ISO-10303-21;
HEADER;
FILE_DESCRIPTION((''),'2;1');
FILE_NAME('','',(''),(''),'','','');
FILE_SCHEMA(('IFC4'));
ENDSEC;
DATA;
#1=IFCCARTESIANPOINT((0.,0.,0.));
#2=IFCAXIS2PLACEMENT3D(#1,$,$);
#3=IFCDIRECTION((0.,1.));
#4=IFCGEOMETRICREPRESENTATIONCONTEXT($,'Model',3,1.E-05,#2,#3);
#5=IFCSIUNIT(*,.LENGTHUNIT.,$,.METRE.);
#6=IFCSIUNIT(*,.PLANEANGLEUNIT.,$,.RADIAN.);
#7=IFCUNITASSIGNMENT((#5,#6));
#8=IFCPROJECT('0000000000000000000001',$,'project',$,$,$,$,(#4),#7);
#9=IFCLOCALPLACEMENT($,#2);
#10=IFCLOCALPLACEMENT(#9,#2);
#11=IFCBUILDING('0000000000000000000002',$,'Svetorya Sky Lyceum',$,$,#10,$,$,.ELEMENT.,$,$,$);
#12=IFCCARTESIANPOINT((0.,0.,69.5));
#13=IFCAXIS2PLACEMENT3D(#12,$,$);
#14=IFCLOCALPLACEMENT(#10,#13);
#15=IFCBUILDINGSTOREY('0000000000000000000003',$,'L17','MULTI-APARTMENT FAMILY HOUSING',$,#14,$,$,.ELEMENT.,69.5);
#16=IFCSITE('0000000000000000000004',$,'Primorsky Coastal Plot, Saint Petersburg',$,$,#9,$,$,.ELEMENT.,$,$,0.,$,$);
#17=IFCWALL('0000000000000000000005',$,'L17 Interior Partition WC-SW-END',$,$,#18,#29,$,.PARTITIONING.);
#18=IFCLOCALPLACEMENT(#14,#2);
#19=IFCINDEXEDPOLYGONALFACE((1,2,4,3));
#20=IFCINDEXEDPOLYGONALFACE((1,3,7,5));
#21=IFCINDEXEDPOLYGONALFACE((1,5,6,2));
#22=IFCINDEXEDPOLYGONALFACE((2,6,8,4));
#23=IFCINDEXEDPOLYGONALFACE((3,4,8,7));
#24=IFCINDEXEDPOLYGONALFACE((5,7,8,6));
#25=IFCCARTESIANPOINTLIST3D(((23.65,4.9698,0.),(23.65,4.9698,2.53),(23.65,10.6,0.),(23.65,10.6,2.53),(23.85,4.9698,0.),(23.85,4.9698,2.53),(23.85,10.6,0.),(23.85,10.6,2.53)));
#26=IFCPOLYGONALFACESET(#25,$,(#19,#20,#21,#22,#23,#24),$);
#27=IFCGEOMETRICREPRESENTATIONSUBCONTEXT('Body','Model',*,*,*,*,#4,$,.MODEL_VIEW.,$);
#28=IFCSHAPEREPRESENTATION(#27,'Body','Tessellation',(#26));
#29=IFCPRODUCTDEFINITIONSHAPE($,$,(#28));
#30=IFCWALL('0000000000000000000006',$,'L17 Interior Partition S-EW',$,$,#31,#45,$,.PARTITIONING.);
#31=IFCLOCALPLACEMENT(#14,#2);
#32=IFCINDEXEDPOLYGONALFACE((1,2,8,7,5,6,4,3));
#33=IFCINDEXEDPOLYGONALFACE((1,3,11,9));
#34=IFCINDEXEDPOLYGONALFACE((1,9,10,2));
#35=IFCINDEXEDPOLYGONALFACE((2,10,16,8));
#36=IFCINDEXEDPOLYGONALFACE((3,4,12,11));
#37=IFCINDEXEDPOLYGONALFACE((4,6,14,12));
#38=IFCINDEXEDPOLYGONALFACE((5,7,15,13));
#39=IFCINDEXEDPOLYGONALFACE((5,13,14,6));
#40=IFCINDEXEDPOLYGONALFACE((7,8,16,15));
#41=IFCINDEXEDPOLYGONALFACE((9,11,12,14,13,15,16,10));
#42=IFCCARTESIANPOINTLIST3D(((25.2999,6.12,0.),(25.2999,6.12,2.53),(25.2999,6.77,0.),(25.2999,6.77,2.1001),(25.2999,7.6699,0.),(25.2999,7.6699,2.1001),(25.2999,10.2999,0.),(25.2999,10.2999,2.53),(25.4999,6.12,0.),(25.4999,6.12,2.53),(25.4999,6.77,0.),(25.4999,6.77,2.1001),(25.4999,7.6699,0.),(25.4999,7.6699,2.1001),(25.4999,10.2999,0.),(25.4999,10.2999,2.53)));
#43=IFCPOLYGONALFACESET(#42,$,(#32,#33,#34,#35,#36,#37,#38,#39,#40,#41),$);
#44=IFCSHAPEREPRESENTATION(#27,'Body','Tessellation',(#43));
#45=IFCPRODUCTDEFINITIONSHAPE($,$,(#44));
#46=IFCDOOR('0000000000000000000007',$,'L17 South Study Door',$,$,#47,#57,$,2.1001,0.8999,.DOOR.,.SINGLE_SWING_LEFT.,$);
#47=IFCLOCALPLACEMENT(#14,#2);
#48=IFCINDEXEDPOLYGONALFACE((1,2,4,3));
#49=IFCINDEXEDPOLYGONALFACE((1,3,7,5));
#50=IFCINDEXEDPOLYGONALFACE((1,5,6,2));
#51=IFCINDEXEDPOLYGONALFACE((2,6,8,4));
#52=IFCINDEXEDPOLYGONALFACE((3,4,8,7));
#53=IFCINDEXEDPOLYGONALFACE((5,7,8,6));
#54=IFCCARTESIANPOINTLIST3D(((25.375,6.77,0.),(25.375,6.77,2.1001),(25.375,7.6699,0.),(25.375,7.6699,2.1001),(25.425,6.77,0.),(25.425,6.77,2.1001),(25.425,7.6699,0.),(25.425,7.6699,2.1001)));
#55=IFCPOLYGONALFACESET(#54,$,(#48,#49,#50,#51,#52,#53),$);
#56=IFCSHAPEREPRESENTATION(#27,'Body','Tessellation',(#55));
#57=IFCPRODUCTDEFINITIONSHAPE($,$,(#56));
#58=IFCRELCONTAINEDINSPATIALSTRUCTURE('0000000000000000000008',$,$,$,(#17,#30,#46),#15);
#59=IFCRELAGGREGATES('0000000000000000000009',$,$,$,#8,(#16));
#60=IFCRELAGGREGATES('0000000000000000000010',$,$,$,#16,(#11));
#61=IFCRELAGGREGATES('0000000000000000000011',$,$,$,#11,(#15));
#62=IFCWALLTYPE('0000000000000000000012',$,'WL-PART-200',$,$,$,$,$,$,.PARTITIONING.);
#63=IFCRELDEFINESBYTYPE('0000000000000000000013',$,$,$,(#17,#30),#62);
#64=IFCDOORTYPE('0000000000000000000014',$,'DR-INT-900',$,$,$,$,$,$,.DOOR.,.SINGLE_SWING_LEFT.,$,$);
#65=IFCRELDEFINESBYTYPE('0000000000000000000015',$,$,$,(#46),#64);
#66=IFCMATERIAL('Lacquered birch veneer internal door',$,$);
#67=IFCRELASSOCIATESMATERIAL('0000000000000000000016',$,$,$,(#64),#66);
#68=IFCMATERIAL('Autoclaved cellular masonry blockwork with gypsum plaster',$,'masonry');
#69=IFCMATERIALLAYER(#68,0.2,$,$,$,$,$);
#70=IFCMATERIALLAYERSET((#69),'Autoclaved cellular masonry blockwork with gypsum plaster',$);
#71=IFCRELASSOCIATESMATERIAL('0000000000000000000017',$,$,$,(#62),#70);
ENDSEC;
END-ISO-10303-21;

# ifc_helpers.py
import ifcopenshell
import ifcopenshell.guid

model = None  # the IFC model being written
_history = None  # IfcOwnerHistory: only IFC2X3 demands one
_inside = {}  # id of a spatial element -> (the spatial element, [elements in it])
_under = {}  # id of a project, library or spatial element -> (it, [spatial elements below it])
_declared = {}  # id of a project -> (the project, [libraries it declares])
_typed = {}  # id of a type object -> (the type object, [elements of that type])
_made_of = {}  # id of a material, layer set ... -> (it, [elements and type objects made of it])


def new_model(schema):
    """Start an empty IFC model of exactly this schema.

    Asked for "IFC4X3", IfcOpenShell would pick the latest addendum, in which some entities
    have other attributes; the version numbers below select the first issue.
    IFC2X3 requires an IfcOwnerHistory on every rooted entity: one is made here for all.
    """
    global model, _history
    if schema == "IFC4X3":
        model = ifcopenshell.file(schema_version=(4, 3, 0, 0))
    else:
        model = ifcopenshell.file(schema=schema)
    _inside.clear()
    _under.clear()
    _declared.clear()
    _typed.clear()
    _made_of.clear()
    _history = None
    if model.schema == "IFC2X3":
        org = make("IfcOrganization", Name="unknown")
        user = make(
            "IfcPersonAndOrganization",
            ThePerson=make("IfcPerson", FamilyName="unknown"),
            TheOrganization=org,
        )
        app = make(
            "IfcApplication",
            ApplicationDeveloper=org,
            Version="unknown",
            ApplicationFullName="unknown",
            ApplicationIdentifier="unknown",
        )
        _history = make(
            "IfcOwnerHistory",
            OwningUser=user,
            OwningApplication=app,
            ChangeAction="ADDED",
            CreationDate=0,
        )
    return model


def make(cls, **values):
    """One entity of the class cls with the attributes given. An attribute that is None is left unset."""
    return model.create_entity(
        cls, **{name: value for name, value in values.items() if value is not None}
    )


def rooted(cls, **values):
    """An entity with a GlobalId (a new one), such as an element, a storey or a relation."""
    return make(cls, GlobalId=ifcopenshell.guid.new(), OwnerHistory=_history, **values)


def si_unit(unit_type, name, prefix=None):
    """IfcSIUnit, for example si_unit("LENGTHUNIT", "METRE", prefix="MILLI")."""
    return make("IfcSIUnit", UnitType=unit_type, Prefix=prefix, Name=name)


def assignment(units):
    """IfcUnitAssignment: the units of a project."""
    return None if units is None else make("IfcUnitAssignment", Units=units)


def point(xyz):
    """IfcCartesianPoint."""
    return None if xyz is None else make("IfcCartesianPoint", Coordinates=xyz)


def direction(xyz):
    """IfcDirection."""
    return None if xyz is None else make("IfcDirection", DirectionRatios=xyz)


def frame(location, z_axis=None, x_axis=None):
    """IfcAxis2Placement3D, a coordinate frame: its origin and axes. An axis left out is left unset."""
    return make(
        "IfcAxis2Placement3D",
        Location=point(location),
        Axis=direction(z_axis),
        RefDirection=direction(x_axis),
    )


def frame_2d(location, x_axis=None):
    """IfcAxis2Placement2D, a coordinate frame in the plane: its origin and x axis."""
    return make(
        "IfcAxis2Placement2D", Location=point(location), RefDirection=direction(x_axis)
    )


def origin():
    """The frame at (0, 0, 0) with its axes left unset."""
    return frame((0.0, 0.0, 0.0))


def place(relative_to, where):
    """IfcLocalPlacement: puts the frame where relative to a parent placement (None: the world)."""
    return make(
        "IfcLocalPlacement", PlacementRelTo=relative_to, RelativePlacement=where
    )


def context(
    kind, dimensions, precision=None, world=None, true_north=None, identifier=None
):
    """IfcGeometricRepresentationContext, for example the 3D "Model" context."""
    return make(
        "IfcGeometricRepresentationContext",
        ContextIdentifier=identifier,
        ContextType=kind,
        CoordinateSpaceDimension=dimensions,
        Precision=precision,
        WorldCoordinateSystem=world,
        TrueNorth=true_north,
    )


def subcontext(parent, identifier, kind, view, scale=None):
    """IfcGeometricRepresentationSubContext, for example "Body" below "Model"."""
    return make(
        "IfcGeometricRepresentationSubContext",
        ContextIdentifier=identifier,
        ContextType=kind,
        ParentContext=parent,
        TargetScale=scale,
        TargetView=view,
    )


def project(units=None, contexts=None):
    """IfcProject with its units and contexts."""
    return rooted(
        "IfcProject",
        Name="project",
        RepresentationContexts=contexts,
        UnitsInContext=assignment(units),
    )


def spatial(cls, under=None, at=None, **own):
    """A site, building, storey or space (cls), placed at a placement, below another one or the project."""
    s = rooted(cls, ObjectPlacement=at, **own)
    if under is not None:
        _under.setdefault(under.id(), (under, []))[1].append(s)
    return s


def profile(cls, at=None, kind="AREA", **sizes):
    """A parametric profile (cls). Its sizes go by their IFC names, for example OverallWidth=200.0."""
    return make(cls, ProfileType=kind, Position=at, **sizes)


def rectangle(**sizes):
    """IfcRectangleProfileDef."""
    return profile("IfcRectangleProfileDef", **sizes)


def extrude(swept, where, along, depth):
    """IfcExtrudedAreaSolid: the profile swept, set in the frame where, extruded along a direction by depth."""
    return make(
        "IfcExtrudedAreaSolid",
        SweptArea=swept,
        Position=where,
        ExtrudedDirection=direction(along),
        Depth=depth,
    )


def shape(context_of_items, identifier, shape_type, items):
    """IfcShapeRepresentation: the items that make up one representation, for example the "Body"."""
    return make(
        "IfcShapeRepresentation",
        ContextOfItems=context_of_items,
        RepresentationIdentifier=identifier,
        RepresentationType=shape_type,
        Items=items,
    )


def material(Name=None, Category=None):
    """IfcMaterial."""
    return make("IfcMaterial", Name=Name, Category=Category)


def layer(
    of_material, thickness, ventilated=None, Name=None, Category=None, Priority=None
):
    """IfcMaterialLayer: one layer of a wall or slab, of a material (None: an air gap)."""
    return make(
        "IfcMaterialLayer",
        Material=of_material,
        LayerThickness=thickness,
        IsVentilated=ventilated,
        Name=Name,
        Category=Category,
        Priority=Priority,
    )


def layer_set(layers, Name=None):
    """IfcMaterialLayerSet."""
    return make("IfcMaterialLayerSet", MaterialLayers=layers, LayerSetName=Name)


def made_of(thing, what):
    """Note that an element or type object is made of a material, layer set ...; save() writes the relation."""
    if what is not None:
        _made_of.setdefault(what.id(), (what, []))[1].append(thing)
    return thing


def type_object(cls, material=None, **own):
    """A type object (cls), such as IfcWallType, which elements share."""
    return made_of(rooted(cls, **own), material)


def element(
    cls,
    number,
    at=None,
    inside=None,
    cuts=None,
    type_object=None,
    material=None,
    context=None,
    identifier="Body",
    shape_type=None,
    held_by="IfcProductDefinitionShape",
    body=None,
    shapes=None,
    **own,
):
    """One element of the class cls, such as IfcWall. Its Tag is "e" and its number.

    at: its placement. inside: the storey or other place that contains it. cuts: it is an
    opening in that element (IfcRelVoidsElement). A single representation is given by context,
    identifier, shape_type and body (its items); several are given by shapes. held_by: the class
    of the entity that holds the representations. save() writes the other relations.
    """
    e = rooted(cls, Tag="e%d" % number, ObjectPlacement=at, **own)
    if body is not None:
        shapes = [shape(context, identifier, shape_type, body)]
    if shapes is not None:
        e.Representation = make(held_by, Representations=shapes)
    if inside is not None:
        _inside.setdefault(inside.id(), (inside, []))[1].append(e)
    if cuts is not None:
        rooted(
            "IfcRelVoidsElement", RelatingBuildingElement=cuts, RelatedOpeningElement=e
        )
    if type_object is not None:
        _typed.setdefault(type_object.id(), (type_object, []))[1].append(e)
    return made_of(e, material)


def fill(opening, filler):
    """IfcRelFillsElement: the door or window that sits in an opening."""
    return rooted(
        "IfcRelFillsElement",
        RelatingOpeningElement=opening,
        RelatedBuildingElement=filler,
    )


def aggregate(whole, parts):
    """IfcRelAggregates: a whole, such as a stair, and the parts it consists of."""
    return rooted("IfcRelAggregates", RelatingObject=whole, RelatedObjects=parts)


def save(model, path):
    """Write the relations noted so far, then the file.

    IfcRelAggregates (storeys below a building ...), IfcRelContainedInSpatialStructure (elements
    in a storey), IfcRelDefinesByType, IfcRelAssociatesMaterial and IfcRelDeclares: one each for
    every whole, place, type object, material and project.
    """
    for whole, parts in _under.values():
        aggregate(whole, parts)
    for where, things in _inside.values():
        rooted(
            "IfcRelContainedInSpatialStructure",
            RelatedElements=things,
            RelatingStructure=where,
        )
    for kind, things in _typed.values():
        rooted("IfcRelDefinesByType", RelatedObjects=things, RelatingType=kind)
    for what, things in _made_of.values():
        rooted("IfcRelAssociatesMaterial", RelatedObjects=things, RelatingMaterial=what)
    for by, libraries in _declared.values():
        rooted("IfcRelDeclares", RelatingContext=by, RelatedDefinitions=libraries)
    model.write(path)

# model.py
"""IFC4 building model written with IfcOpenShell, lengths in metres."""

from ifc_helpers import new_model, si_unit, direction, frame, frame_2d, origin, place, context, subcontext, project, spatial, rectangle, extrude, material, layer, layer_set, type_object, element, fill, save


model = new_model("IFC4")

# Units and contexts
model_context = context("Model", 3, precision=1e-05, world=origin(), true_north=direction((0.0, 1.0)))
body_context = subcontext(model_context, "Body", "Model", "MODEL_VIEW")
ifc_project = project(units=[si_unit("LENGTHUNIT", "METRE"), si_unit("PLANEANGLEUNIT", "RADIAN")], contexts=[model_context])

# Site, building, storey
site_placement = place(None, origin())
site = spatial("IfcSite", under=ifc_project, at=site_placement, Name="Primorsky Coastal Plot, Saint Petersburg", CompositionType="ELEMENT", RefElevation=0.0)
building_placement = place(site_placement, origin())
building = spatial("IfcBuilding", under=site, at=building_placement, Name="Svetorya Sky Lyceum", CompositionType="ELEMENT")
storey_placement = place(building_placement, frame((0.0, 0.0, 69.5)))
storey = spatial("IfcBuildingStorey", under=building, at=storey_placement, Name="L17", Description="MULTI-APARTMENT FAMILY HOUSING", CompositionType="ELEMENT", Elevation=69.5)

# Shared definitions
ifc_material_1 = material(Name="Lacquered birch veneer internal door")
door_type_1 = type_object("IfcDoorType", Name="DR-INT-900", OperationType="SINGLE_SWING_LEFT", PredefinedType="DOOR", material=ifc_material_1)

# Shared definitions
ifc_material_2 = material(Name="Autoclaved cellular masonry blockwork with gypsum plaster", Category="masonry")
ifc_layer_1 = layer(ifc_material_2, 0.2)
ifc_layer_set_1 = layer_set([ifc_layer_1], Name="Autoclaved cellular masonry blockwork with gypsum plaster")
wall_type_1 = type_object("IfcWallType", Name="WL-PART-200", PredefinedType="PARTITIONING", material=ifc_layer_set_1)

# Wall
wall_1_placement = place(storey_placement, frame((23.75, 4.97, 0.0), z_axis=(0.0, 0.0, 1.0), x_axis=(0.0, 1.0, 0.0)))
element("IfcWall", 1, at=wall_1_placement, inside=storey, type_object=wall_type_1, Name="L17 Interior Partition WC-SW-END", PredefinedType="PARTITIONING", context=body_context, shape_type="SweptSolid", body=[
    extrude(rectangle(XDim=5.6301, YDim=0.2, at=frame_2d((2.8149, 0.0))), origin(), (0.0, 0.0, 1.0), 2.53),
])

# Wall, opening, door
wall_2_placement = place(storey_placement, frame((25.3999, 6.1201, 0.0), z_axis=(0.0, 0.0, 1.0), x_axis=(0.0, 1.0, 0.0)))
wall_2 = element("IfcWall", 2, at=wall_2_placement, inside=storey, type_object=wall_type_1, Name="L17 Interior Partition S-EW", PredefinedType="PARTITIONING", context=body_context, shape_type="SweptSolid", body=[
    extrude(rectangle(XDim=4.1799, YDim=0.2, at=frame_2d((2.0898, 0.0))), origin(), (0.0, 0.0, 1.0), 2.53),
])
opening_1_placement = place(wall_2_placement, frame((0.6499, 0.0, 0.0)))
opening_1 = element("IfcOpeningElement", 3, at=opening_1_placement, cuts=wall_2, PredefinedType="OPENING", context=body_context, shape_type="SweptSolid", body=[
    extrude(rectangle(XDim=0.8999, YDim=2.1001, at=frame_2d((0.45, 1.05))), frame((0.0, 0.1099, 0.0), z_axis=(0.0, -1.0, 0.0), x_axis=(1.0, 0.0, 0.0)), (0.0, 0.0, 1.0), 0.22),
])
door_1_placement = place(opening_1_placement, origin())
door_1 = element("IfcDoor", 4, at=door_1_placement, inside=storey, type_object=door_type_1, Name="L17 South Study Door", OperationType="SINGLE_SWING_LEFT", OverallHeight=2.1001, OverallWidth=0.8999, PredefinedType="DOOR", context=body_context, shape_type="SweptSolid", body=[
    extrude(rectangle(XDim=0.8999, YDim=2.1001, at=frame_2d((0.45, 1.05))), frame((0.0, 0.0249, 0.0), z_axis=(0.0, -1.0, 0.0), x_axis=(1.0, 0.0, 0.0)), (0.0, 0.0, 1.0), 0.05),
])
fill(opening_1, door_1)

save(model, "model.ifc")
